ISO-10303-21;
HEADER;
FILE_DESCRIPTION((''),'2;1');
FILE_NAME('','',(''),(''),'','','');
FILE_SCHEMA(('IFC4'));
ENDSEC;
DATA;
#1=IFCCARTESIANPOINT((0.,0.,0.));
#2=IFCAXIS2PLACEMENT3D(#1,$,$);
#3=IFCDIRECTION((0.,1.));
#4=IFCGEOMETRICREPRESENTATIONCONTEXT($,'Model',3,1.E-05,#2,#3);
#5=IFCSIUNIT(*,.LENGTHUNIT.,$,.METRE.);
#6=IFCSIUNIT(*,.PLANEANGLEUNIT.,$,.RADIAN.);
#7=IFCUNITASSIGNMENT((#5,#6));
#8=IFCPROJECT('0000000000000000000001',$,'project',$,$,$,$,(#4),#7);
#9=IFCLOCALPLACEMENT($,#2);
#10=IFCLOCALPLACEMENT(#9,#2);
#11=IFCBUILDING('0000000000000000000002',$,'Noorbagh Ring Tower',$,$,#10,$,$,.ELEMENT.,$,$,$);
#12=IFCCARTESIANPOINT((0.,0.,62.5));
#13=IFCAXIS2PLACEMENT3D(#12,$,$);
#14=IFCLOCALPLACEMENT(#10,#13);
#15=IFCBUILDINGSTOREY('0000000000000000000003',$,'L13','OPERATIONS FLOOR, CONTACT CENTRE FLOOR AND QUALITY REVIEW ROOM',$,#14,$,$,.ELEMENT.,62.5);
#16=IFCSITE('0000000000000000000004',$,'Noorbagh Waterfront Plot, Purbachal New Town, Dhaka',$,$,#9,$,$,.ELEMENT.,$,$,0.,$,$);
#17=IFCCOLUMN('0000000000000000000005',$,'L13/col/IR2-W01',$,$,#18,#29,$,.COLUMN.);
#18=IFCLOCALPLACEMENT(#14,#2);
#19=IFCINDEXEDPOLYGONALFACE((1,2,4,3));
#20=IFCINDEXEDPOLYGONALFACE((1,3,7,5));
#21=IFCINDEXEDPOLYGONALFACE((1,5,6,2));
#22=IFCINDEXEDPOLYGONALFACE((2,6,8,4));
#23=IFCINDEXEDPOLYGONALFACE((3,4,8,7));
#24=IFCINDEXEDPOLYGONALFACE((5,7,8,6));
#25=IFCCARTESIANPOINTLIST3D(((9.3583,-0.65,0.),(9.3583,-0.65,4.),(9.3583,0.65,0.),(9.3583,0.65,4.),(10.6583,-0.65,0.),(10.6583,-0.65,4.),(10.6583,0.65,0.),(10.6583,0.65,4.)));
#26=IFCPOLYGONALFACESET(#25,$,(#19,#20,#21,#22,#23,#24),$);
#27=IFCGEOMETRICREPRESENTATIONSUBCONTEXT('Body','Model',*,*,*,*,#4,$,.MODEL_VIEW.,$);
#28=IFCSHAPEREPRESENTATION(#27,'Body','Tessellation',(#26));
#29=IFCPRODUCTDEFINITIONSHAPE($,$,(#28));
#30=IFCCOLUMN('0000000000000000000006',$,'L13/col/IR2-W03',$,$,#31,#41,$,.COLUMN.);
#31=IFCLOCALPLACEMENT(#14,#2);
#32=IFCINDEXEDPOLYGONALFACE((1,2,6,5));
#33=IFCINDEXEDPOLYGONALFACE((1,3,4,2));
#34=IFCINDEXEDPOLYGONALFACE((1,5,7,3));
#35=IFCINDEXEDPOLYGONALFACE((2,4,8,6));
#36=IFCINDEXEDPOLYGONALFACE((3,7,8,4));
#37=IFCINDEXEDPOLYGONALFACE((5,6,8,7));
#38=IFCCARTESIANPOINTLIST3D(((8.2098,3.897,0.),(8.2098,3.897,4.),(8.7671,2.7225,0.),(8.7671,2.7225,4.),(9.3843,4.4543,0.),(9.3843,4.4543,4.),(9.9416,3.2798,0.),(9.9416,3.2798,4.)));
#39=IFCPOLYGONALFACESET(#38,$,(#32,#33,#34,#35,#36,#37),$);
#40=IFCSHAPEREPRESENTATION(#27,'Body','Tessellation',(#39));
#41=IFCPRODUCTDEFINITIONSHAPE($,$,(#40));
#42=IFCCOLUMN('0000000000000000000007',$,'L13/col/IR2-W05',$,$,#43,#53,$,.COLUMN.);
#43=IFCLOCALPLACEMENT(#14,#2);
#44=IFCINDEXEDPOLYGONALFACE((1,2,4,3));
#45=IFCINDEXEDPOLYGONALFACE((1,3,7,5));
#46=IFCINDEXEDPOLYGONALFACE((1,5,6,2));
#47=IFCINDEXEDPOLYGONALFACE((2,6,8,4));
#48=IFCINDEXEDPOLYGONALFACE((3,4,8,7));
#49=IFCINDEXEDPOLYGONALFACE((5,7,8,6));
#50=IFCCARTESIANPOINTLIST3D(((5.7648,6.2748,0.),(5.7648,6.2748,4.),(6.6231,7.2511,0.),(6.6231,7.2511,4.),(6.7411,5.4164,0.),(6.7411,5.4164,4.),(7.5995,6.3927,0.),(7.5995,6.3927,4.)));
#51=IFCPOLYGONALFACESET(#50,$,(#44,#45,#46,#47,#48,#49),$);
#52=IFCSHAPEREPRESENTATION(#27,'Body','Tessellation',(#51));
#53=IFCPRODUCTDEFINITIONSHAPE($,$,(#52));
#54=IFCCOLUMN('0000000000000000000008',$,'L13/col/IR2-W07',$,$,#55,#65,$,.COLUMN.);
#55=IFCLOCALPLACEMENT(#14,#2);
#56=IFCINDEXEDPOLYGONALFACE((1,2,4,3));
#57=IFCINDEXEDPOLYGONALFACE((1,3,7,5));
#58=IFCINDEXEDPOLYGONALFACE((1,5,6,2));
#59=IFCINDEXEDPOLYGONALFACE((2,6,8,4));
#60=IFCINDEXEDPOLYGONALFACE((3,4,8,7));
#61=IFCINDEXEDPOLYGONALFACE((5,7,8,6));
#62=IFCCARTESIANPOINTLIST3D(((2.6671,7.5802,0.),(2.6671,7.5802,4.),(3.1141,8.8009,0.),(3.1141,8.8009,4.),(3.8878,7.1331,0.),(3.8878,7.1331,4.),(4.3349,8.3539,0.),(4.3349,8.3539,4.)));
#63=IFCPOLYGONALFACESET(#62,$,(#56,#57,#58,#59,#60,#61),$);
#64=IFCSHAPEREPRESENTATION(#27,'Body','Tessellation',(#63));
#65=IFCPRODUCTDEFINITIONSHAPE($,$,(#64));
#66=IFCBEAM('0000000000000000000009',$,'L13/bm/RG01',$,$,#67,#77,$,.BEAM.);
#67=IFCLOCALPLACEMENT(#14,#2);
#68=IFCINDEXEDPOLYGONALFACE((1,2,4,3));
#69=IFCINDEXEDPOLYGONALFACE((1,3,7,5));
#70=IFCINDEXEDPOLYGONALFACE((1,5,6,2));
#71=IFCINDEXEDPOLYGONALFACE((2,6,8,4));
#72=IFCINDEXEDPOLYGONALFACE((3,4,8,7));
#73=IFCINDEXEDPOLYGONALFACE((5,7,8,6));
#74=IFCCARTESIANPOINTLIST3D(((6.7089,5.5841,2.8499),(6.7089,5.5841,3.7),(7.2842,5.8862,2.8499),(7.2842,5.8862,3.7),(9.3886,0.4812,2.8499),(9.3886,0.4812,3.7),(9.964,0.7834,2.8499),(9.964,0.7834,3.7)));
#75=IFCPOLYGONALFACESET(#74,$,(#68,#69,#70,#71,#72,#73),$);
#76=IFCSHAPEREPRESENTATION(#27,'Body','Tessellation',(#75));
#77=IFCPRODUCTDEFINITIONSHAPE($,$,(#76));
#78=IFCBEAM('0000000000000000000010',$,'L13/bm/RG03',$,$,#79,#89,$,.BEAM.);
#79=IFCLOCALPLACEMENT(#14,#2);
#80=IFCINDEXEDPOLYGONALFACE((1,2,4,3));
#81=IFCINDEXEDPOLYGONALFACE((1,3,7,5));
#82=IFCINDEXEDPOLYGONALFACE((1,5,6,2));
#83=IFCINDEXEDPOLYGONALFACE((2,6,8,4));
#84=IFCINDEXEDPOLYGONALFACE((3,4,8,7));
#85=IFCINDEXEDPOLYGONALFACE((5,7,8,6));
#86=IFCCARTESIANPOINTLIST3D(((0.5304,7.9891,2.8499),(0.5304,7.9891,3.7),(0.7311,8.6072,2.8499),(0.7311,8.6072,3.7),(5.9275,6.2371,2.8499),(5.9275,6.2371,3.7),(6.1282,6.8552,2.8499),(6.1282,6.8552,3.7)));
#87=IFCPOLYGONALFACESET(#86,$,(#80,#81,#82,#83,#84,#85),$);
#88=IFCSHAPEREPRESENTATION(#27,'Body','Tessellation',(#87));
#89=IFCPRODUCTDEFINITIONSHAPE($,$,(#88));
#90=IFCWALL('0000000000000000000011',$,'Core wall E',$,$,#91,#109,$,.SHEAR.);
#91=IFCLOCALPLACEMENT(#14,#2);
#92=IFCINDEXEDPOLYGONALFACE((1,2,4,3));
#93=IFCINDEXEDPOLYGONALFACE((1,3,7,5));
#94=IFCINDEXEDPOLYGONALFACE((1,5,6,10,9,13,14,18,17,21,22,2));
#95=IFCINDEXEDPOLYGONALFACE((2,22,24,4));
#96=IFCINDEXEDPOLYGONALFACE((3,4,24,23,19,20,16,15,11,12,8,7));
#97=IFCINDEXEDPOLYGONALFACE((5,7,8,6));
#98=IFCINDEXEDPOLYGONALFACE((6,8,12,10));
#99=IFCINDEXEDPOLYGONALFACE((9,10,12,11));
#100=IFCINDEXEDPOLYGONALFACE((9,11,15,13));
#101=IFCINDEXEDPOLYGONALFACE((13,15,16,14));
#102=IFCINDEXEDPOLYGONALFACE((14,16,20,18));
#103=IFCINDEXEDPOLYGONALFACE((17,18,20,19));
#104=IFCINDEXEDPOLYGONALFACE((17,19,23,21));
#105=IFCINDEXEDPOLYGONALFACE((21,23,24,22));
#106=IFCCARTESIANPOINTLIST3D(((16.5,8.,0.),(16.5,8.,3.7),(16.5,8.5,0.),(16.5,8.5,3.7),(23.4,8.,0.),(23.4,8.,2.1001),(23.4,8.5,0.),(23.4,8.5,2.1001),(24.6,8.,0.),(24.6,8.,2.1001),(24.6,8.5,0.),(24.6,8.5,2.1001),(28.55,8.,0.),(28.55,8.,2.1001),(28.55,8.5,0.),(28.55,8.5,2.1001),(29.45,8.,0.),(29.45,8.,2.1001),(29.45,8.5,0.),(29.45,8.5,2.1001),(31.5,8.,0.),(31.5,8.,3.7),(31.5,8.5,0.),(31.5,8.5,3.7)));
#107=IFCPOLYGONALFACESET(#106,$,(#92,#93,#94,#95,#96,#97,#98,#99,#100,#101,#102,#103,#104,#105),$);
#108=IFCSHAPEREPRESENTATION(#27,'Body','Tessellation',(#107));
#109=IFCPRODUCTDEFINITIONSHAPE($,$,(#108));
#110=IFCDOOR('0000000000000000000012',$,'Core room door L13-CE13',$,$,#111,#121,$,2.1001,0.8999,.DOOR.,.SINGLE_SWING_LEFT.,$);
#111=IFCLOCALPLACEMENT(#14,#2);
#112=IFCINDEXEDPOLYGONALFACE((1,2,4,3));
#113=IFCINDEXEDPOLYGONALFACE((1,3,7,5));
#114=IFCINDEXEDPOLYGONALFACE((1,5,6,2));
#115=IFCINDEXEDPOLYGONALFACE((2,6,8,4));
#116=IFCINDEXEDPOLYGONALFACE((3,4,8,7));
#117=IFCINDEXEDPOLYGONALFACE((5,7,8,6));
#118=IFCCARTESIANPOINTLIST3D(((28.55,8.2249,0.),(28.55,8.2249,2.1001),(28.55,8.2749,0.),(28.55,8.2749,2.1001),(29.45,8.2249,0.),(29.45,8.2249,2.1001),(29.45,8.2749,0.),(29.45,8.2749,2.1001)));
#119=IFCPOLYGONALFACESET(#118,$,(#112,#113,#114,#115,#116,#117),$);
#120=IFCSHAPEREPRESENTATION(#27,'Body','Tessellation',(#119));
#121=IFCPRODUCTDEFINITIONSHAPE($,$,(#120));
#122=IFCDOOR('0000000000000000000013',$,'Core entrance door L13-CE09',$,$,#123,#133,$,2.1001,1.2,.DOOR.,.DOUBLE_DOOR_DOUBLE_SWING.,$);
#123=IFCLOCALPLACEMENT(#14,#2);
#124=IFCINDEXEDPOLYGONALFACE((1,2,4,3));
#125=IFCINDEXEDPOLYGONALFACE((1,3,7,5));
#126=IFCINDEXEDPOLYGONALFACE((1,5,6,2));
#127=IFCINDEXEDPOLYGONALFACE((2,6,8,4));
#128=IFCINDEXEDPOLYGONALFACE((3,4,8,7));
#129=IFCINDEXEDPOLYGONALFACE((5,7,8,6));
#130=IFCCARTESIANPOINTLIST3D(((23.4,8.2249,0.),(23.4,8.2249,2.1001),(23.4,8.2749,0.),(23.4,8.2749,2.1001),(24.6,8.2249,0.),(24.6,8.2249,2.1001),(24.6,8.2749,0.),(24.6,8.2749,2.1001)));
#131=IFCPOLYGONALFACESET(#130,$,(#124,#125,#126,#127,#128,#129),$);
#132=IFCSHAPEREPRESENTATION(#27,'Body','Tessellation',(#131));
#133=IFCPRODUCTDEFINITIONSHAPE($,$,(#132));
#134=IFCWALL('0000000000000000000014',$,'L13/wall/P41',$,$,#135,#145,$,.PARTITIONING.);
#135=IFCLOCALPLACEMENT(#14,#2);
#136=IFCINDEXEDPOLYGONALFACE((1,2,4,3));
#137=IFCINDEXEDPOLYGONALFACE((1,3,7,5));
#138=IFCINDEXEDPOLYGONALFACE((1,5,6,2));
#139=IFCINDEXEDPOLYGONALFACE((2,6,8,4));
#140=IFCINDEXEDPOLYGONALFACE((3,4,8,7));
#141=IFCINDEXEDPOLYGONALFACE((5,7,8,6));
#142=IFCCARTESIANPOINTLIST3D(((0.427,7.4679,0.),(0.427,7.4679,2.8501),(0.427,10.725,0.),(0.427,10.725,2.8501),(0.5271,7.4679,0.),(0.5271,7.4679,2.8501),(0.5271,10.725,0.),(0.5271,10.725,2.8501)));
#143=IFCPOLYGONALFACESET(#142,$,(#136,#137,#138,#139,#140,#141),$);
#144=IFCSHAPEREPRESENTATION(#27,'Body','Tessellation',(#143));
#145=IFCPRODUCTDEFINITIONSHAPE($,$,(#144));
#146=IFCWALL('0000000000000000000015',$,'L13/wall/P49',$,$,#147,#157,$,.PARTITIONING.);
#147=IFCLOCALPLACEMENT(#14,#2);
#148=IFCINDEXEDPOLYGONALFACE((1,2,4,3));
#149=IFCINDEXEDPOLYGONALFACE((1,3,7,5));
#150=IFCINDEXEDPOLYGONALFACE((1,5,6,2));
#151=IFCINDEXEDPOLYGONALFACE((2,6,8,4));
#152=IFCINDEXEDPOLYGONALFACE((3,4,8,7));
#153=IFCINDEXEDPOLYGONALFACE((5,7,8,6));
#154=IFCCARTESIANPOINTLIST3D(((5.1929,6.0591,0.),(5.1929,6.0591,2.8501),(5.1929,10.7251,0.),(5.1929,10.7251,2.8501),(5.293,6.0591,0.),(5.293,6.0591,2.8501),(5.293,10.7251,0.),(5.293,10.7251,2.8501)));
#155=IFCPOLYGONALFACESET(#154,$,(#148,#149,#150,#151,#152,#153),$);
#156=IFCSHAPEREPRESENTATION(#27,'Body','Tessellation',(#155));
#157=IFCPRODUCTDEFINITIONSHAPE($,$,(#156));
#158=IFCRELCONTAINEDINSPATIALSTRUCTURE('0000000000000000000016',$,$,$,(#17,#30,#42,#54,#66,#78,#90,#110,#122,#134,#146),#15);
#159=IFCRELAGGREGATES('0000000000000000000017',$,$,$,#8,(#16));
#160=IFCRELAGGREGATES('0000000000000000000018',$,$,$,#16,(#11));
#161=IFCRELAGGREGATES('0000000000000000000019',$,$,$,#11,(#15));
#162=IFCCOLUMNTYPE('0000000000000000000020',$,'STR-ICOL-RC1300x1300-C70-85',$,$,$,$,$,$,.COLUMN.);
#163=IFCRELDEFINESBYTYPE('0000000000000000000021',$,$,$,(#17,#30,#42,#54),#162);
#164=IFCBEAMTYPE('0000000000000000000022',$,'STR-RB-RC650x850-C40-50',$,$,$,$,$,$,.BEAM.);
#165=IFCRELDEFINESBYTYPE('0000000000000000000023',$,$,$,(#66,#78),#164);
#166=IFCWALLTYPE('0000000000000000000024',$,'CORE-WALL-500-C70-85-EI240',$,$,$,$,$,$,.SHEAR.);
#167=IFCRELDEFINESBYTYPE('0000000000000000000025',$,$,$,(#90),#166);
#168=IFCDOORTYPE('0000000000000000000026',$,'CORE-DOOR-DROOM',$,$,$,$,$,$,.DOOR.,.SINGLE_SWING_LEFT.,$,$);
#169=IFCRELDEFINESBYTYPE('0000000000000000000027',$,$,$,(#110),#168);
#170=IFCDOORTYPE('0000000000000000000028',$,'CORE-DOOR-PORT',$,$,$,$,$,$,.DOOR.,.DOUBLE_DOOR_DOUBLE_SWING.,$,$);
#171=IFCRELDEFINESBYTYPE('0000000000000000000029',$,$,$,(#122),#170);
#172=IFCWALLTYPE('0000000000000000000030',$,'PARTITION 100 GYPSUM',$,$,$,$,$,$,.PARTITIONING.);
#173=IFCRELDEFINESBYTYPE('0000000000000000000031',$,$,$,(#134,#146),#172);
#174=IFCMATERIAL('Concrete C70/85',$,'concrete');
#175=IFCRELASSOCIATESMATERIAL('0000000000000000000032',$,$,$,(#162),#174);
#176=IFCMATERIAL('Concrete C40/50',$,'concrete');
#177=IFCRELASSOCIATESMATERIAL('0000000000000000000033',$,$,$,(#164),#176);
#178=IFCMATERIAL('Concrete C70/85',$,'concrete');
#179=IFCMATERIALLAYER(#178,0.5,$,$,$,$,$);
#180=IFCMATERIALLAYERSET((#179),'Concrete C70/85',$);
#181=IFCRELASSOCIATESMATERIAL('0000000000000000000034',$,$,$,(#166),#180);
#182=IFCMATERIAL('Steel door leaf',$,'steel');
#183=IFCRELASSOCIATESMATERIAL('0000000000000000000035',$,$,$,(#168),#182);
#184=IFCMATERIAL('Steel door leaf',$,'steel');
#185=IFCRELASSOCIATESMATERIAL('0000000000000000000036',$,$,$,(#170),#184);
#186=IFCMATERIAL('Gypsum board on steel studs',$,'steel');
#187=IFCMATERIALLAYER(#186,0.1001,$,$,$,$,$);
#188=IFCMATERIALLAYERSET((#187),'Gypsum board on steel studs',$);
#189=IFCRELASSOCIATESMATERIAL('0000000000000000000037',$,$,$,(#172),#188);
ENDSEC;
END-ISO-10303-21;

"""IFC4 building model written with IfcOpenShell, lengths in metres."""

from ifc_helpers import new_model, si_unit, direction, frame, frame_2d, origin, origin_2d, place, context, subcontext, project, spatial, rectangle, extrude, material, layer, layer_set, material_profile, profile_set, type_object, element, fill, save


model = new_model("IFC4")

# Units and contexts
model_context = context("Model", 3, precision=1e-05, world=origin(), true_north=direction((0.0, 1.0)))
body_context = subcontext(model_context, "Body", "Model", "MODEL_VIEW")
ifc_project = project(units=[si_unit("LENGTHUNIT", "METRE"), si_unit("PLANEANGLEUNIT", "RADIAN")], contexts=[model_context])

# Site, building, storey
site_placement = place(None, origin())
site = spatial("IfcSite", under=ifc_project, at=site_placement, Name="Noorbagh Waterfront Plot, Purbachal New Town, Dhaka", CompositionType="ELEMENT", RefElevation=0.0)
building_placement = place(site_placement, origin())
building = spatial("IfcBuilding", under=site, at=building_placement, Name="Noorbagh Ring Tower", CompositionType="ELEMENT")
storey_placement = place(building_placement, frame((0.0, 0.0, 62.5)))
storey = spatial("IfcBuildingStorey", under=building, at=storey_placement, Name="L13", Description="OPERATIONS FLOOR, CONTACT CENTRE FLOOR AND QUALITY REVIEW ROOM", CompositionType="ELEMENT", Elevation=62.5)

# Columns
ifc_material_1 = material(Name="Concrete C70/85", Category="concrete")
ifc_material_profile_1 = material_profile(ifc_material_1, rectangle(XDim=1.3, YDim=1.3, at=origin_2d()), Name="RC1300x1300")
ifc_profile_set_1 = profile_set([ifc_material_profile_1], Name="Concrete C70/85")
column_type = type_object("IfcColumnType", Name="STR-ICOL-RC1300x1300-C70-85", PredefinedType="COLUMN", material=ifc_profile_set_1)
for number, where, z_axis, x_axis, name in (
    (1, (10.0083, 0.0, 0.0), (0.0, 0.0, 1.0), (0.0, 1.0, 0.0), "L13/col/IR2-W01"),
    (2, (9.0757, 3.5884, 0.0), (0.0, 0.0, 1.0), (-0.428667, 0.903463, 0.0), "L13/col/IR2-W03"),
    (3, (6.6821, 6.3337, 0.0), (0.0, 0.0, 1.0), (-0.751022, 0.660277, 0.0), "L13/col/IR2-W05"),
    (4, (3.501, 7.967, 0.0), (0.0, 0.0, 1.0), (-0.93902, 0.343864, 0.0), "L13/col/IR2-W07"),
):
    element("IfcColumn", number, at=place(storey_placement, frame(where, z_axis=z_axis, x_axis=x_axis)), inside=storey, type_object=column_type, Name=name, PredefinedType="COLUMN", context=body_context, shape_type="SweptSolid", body=[
        extrude(rectangle(XDim=1.3, YDim=1.3, at=origin_2d()), origin(), (0.0, 0.0, 1.0), 4.0),
    ])

# Beams
ifc_material_2 = material(Name="Concrete C40/50", Category="concrete")
ifc_material_profile_2 = material_profile(ifc_material_2, rectangle(XDim=0.6499, YDim=0.8501, at=origin_2d()), Name="RC650x850")
ifc_profile_set_2 = profile_set([ifc_material_profile_2], Name="Concrete C40/50")
beam_type = type_object("IfcBeamType", Name="STR-RB-RC650x850-C40-50", PredefinedType="BEAM", material=ifc_profile_set_2)
beam_1_placement = place(storey_placement, frame((9.6763, 0.6323, 3.2749), z_axis=(-0.464933, 0.885346, 0.0), x_axis=(-0.885346, -0.464933, 0.0)))
element("IfcBeam", 5, at=beam_1_placement, inside=storey, type_object=beam_type, Name="L13/bm/RG01", PredefinedType="BEAM", context=body_context, shape_type="SweptSolid", body=[
    extrude(rectangle(XDim=0.6499, YDim=0.8501, at=origin_2d()), origin(), (0.0, 0.0, 1.0), 5.7637),
])
beam_2_placement = place(storey_placement, frame((6.0278, 6.5461, 3.2749), z_axis=(-0.951141, 0.308757, 0.0), x_axis=(-0.308757, -0.951141, 0.0)))
element("IfcBeam", 6, at=beam_2_placement, inside=storey, type_object=beam_type, Name="L13/bm/RG03", PredefinedType="BEAM", context=body_context, shape_type="SweptSolid", body=[
    extrude(rectangle(XDim=0.6499, YDim=0.8501, at=origin_2d()), origin(), (0.0, 0.0, 1.0), 5.6743),
])

# Wall, openings, doors
ifc_material_3 = material(Name="Concrete C70/85", Category="concrete")
ifc_layer_1 = layer(ifc_material_3, 0.5)
ifc_layer_set_1 = layer_set([ifc_layer_1], Name="Concrete C70/85")
wall_type_1 = type_object("IfcWallType", Name="CORE-WALL-500-C70-85-EI240", PredefinedType="SHEAR", material=ifc_layer_set_1)
wall_1_placement = place(storey_placement, frame((16.5, 8.25, 0.0), z_axis=(0.0, 0.0, 1.0), x_axis=(1.0, 0.0, 0.0)))
wall_1 = element("IfcWall", 7, at=wall_1_placement, inside=storey, type_object=wall_type_1, Name="Core wall E", PredefinedType="SHEAR", context=body_context, shape_type="SweptSolid", body=[
    extrude(rectangle(XDim=15.0, YDim=0.5, at=frame_2d((7.5, 0.0))), origin(), (0.0, 0.0, 1.0), 3.7),
])
opening_1_placement = place(wall_1_placement, frame((6.8999, 0.0, 0.0)))
opening_1 = element("IfcOpeningElement", 8, at=opening_1_placement, cuts=wall_1, PredefinedType="OPENING", context=body_context, shape_type="SweptSolid", body=[
    extrude(rectangle(XDim=1.2, YDim=2.1001, at=frame_2d((0.6001, 1.05))), frame((0.0, 0.26, 0.0), z_axis=(0.0, -1.0, 0.0), x_axis=(1.0, 0.0, 0.0)), (0.0, 0.0, 1.0), 0.52),
])
opening_2_placement = place(wall_1_placement, frame((12.05, 0.0, 0.0)))
opening_2 = element("IfcOpeningElement", 9, at=opening_2_placement, cuts=wall_1, PredefinedType="OPENING", context=body_context, shape_type="SweptSolid", body=[
    extrude(rectangle(XDim=0.8999, YDim=2.1001, at=frame_2d((0.45, 1.05))), frame((0.0, 0.26, 0.0), z_axis=(0.0, -1.0, 0.0), x_axis=(1.0, 0.0, 0.0)), (0.0, 0.0, 1.0), 0.52),
])
ifc_material_4 = material(Name="Steel door leaf", Category="steel")
door_type_1 = type_object("IfcDoorType", Name="CORE-DOOR-DROOM", OperationType="SINGLE_SWING_LEFT", PredefinedType="DOOR", material=ifc_material_4)
door_1_placement = place(opening_2_placement, origin())
door_1 = element("IfcDoor", 10, at=door_1_placement, inside=storey, type_object=door_type_1, Name="Core room door L13-CE13", OperationType="SINGLE_SWING_LEFT", OverallHeight=2.1001, OverallWidth=0.8999, PredefinedType="DOOR", context=body_context, shape_type="SweptSolid", body=[
    extrude(rectangle(XDim=0.8999, YDim=2.1001, at=frame_2d((0.45, 1.05))), frame((0.0, 0.0249, 0.0), z_axis=(0.0, -1.0, 0.0), x_axis=(1.0, 0.0, 0.0)), (0.0, 0.0, 1.0), 0.05),
])
fill(opening_2, door_1)
ifc_material_5 = material(Name="Steel door leaf", Category="steel")
door_type_2 = type_object("IfcDoorType", Name="CORE-DOOR-PORT", OperationType="DOUBLE_DOOR_DOUBLE_SWING", PredefinedType="DOOR", material=ifc_material_5)
door_2_placement = place(opening_1_placement, origin())
door_2 = element("IfcDoor", 11, at=door_2_placement, inside=storey, type_object=door_type_2, Name="Core entrance door L13-CE09", OperationType="DOUBLE_DOOR_DOUBLE_SWING", OverallHeight=2.1001, OverallWidth=1.2, PredefinedType="DOOR", context=body_context, shape_type="SweptSolid", body=[
    extrude(rectangle(XDim=1.2, YDim=2.1001, at=frame_2d((0.6001, 1.05))), frame((0.0, 0.0249, 0.0), z_axis=(0.0, -1.0, 0.0), x_axis=(1.0, 0.0, 0.0)), (0.0, 0.0, 1.0), 0.05),
])
fill(opening_1, door_2)

# Walls
ifc_material_6 = material(Name="Gypsum board on steel studs", Category="steel")
ifc_layer_2 = layer(ifc_material_6, 0.1001)
ifc_layer_set_2 = layer_set([ifc_layer_2], Name="Gypsum board on steel studs")
wall_type_2 = type_object("IfcWallType", Name="PARTITION 100 GYPSUM", PredefinedType="PARTITIONING", material=ifc_layer_set_2)
wall_2_placement = place(storey_placement, frame((0.4771, 7.468, 0.0), z_axis=(0.0, 0.0, 1.0), x_axis=(0.0, 1.0, 0.0)))
element("IfcWall", 12, at=wall_2_placement, inside=storey, type_object=wall_type_2, Name="L13/wall/P41", PredefinedType="PARTITIONING", context=body_context, shape_type="SweptSolid", body=[
    extrude(rectangle(XDim=3.2571, YDim=0.1001, at=frame_2d((1.6284, 0.0))), origin(), (0.0, 0.0, 1.0), 2.8501),
])
wall_3_placement = place(storey_placement, frame((5.2429, 6.0591, 0.0), z_axis=(0.0, 0.0, 1.0), x_axis=(0.0, 1.0, 0.0)))
element("IfcWall", 13, at=wall_3_placement, inside=storey, type_object=wall_type_2, Name="L13/wall/P49", PredefinedType="PARTITIONING", context=body_context, shape_type="SweptSolid", body=[
    extrude(rectangle(XDim=4.666, YDim=0.1001, at=frame_2d((2.333, 0.0))), origin(), (0.0, 0.0, 1.0), 2.8501),
])

save(model, "model.ifc")
